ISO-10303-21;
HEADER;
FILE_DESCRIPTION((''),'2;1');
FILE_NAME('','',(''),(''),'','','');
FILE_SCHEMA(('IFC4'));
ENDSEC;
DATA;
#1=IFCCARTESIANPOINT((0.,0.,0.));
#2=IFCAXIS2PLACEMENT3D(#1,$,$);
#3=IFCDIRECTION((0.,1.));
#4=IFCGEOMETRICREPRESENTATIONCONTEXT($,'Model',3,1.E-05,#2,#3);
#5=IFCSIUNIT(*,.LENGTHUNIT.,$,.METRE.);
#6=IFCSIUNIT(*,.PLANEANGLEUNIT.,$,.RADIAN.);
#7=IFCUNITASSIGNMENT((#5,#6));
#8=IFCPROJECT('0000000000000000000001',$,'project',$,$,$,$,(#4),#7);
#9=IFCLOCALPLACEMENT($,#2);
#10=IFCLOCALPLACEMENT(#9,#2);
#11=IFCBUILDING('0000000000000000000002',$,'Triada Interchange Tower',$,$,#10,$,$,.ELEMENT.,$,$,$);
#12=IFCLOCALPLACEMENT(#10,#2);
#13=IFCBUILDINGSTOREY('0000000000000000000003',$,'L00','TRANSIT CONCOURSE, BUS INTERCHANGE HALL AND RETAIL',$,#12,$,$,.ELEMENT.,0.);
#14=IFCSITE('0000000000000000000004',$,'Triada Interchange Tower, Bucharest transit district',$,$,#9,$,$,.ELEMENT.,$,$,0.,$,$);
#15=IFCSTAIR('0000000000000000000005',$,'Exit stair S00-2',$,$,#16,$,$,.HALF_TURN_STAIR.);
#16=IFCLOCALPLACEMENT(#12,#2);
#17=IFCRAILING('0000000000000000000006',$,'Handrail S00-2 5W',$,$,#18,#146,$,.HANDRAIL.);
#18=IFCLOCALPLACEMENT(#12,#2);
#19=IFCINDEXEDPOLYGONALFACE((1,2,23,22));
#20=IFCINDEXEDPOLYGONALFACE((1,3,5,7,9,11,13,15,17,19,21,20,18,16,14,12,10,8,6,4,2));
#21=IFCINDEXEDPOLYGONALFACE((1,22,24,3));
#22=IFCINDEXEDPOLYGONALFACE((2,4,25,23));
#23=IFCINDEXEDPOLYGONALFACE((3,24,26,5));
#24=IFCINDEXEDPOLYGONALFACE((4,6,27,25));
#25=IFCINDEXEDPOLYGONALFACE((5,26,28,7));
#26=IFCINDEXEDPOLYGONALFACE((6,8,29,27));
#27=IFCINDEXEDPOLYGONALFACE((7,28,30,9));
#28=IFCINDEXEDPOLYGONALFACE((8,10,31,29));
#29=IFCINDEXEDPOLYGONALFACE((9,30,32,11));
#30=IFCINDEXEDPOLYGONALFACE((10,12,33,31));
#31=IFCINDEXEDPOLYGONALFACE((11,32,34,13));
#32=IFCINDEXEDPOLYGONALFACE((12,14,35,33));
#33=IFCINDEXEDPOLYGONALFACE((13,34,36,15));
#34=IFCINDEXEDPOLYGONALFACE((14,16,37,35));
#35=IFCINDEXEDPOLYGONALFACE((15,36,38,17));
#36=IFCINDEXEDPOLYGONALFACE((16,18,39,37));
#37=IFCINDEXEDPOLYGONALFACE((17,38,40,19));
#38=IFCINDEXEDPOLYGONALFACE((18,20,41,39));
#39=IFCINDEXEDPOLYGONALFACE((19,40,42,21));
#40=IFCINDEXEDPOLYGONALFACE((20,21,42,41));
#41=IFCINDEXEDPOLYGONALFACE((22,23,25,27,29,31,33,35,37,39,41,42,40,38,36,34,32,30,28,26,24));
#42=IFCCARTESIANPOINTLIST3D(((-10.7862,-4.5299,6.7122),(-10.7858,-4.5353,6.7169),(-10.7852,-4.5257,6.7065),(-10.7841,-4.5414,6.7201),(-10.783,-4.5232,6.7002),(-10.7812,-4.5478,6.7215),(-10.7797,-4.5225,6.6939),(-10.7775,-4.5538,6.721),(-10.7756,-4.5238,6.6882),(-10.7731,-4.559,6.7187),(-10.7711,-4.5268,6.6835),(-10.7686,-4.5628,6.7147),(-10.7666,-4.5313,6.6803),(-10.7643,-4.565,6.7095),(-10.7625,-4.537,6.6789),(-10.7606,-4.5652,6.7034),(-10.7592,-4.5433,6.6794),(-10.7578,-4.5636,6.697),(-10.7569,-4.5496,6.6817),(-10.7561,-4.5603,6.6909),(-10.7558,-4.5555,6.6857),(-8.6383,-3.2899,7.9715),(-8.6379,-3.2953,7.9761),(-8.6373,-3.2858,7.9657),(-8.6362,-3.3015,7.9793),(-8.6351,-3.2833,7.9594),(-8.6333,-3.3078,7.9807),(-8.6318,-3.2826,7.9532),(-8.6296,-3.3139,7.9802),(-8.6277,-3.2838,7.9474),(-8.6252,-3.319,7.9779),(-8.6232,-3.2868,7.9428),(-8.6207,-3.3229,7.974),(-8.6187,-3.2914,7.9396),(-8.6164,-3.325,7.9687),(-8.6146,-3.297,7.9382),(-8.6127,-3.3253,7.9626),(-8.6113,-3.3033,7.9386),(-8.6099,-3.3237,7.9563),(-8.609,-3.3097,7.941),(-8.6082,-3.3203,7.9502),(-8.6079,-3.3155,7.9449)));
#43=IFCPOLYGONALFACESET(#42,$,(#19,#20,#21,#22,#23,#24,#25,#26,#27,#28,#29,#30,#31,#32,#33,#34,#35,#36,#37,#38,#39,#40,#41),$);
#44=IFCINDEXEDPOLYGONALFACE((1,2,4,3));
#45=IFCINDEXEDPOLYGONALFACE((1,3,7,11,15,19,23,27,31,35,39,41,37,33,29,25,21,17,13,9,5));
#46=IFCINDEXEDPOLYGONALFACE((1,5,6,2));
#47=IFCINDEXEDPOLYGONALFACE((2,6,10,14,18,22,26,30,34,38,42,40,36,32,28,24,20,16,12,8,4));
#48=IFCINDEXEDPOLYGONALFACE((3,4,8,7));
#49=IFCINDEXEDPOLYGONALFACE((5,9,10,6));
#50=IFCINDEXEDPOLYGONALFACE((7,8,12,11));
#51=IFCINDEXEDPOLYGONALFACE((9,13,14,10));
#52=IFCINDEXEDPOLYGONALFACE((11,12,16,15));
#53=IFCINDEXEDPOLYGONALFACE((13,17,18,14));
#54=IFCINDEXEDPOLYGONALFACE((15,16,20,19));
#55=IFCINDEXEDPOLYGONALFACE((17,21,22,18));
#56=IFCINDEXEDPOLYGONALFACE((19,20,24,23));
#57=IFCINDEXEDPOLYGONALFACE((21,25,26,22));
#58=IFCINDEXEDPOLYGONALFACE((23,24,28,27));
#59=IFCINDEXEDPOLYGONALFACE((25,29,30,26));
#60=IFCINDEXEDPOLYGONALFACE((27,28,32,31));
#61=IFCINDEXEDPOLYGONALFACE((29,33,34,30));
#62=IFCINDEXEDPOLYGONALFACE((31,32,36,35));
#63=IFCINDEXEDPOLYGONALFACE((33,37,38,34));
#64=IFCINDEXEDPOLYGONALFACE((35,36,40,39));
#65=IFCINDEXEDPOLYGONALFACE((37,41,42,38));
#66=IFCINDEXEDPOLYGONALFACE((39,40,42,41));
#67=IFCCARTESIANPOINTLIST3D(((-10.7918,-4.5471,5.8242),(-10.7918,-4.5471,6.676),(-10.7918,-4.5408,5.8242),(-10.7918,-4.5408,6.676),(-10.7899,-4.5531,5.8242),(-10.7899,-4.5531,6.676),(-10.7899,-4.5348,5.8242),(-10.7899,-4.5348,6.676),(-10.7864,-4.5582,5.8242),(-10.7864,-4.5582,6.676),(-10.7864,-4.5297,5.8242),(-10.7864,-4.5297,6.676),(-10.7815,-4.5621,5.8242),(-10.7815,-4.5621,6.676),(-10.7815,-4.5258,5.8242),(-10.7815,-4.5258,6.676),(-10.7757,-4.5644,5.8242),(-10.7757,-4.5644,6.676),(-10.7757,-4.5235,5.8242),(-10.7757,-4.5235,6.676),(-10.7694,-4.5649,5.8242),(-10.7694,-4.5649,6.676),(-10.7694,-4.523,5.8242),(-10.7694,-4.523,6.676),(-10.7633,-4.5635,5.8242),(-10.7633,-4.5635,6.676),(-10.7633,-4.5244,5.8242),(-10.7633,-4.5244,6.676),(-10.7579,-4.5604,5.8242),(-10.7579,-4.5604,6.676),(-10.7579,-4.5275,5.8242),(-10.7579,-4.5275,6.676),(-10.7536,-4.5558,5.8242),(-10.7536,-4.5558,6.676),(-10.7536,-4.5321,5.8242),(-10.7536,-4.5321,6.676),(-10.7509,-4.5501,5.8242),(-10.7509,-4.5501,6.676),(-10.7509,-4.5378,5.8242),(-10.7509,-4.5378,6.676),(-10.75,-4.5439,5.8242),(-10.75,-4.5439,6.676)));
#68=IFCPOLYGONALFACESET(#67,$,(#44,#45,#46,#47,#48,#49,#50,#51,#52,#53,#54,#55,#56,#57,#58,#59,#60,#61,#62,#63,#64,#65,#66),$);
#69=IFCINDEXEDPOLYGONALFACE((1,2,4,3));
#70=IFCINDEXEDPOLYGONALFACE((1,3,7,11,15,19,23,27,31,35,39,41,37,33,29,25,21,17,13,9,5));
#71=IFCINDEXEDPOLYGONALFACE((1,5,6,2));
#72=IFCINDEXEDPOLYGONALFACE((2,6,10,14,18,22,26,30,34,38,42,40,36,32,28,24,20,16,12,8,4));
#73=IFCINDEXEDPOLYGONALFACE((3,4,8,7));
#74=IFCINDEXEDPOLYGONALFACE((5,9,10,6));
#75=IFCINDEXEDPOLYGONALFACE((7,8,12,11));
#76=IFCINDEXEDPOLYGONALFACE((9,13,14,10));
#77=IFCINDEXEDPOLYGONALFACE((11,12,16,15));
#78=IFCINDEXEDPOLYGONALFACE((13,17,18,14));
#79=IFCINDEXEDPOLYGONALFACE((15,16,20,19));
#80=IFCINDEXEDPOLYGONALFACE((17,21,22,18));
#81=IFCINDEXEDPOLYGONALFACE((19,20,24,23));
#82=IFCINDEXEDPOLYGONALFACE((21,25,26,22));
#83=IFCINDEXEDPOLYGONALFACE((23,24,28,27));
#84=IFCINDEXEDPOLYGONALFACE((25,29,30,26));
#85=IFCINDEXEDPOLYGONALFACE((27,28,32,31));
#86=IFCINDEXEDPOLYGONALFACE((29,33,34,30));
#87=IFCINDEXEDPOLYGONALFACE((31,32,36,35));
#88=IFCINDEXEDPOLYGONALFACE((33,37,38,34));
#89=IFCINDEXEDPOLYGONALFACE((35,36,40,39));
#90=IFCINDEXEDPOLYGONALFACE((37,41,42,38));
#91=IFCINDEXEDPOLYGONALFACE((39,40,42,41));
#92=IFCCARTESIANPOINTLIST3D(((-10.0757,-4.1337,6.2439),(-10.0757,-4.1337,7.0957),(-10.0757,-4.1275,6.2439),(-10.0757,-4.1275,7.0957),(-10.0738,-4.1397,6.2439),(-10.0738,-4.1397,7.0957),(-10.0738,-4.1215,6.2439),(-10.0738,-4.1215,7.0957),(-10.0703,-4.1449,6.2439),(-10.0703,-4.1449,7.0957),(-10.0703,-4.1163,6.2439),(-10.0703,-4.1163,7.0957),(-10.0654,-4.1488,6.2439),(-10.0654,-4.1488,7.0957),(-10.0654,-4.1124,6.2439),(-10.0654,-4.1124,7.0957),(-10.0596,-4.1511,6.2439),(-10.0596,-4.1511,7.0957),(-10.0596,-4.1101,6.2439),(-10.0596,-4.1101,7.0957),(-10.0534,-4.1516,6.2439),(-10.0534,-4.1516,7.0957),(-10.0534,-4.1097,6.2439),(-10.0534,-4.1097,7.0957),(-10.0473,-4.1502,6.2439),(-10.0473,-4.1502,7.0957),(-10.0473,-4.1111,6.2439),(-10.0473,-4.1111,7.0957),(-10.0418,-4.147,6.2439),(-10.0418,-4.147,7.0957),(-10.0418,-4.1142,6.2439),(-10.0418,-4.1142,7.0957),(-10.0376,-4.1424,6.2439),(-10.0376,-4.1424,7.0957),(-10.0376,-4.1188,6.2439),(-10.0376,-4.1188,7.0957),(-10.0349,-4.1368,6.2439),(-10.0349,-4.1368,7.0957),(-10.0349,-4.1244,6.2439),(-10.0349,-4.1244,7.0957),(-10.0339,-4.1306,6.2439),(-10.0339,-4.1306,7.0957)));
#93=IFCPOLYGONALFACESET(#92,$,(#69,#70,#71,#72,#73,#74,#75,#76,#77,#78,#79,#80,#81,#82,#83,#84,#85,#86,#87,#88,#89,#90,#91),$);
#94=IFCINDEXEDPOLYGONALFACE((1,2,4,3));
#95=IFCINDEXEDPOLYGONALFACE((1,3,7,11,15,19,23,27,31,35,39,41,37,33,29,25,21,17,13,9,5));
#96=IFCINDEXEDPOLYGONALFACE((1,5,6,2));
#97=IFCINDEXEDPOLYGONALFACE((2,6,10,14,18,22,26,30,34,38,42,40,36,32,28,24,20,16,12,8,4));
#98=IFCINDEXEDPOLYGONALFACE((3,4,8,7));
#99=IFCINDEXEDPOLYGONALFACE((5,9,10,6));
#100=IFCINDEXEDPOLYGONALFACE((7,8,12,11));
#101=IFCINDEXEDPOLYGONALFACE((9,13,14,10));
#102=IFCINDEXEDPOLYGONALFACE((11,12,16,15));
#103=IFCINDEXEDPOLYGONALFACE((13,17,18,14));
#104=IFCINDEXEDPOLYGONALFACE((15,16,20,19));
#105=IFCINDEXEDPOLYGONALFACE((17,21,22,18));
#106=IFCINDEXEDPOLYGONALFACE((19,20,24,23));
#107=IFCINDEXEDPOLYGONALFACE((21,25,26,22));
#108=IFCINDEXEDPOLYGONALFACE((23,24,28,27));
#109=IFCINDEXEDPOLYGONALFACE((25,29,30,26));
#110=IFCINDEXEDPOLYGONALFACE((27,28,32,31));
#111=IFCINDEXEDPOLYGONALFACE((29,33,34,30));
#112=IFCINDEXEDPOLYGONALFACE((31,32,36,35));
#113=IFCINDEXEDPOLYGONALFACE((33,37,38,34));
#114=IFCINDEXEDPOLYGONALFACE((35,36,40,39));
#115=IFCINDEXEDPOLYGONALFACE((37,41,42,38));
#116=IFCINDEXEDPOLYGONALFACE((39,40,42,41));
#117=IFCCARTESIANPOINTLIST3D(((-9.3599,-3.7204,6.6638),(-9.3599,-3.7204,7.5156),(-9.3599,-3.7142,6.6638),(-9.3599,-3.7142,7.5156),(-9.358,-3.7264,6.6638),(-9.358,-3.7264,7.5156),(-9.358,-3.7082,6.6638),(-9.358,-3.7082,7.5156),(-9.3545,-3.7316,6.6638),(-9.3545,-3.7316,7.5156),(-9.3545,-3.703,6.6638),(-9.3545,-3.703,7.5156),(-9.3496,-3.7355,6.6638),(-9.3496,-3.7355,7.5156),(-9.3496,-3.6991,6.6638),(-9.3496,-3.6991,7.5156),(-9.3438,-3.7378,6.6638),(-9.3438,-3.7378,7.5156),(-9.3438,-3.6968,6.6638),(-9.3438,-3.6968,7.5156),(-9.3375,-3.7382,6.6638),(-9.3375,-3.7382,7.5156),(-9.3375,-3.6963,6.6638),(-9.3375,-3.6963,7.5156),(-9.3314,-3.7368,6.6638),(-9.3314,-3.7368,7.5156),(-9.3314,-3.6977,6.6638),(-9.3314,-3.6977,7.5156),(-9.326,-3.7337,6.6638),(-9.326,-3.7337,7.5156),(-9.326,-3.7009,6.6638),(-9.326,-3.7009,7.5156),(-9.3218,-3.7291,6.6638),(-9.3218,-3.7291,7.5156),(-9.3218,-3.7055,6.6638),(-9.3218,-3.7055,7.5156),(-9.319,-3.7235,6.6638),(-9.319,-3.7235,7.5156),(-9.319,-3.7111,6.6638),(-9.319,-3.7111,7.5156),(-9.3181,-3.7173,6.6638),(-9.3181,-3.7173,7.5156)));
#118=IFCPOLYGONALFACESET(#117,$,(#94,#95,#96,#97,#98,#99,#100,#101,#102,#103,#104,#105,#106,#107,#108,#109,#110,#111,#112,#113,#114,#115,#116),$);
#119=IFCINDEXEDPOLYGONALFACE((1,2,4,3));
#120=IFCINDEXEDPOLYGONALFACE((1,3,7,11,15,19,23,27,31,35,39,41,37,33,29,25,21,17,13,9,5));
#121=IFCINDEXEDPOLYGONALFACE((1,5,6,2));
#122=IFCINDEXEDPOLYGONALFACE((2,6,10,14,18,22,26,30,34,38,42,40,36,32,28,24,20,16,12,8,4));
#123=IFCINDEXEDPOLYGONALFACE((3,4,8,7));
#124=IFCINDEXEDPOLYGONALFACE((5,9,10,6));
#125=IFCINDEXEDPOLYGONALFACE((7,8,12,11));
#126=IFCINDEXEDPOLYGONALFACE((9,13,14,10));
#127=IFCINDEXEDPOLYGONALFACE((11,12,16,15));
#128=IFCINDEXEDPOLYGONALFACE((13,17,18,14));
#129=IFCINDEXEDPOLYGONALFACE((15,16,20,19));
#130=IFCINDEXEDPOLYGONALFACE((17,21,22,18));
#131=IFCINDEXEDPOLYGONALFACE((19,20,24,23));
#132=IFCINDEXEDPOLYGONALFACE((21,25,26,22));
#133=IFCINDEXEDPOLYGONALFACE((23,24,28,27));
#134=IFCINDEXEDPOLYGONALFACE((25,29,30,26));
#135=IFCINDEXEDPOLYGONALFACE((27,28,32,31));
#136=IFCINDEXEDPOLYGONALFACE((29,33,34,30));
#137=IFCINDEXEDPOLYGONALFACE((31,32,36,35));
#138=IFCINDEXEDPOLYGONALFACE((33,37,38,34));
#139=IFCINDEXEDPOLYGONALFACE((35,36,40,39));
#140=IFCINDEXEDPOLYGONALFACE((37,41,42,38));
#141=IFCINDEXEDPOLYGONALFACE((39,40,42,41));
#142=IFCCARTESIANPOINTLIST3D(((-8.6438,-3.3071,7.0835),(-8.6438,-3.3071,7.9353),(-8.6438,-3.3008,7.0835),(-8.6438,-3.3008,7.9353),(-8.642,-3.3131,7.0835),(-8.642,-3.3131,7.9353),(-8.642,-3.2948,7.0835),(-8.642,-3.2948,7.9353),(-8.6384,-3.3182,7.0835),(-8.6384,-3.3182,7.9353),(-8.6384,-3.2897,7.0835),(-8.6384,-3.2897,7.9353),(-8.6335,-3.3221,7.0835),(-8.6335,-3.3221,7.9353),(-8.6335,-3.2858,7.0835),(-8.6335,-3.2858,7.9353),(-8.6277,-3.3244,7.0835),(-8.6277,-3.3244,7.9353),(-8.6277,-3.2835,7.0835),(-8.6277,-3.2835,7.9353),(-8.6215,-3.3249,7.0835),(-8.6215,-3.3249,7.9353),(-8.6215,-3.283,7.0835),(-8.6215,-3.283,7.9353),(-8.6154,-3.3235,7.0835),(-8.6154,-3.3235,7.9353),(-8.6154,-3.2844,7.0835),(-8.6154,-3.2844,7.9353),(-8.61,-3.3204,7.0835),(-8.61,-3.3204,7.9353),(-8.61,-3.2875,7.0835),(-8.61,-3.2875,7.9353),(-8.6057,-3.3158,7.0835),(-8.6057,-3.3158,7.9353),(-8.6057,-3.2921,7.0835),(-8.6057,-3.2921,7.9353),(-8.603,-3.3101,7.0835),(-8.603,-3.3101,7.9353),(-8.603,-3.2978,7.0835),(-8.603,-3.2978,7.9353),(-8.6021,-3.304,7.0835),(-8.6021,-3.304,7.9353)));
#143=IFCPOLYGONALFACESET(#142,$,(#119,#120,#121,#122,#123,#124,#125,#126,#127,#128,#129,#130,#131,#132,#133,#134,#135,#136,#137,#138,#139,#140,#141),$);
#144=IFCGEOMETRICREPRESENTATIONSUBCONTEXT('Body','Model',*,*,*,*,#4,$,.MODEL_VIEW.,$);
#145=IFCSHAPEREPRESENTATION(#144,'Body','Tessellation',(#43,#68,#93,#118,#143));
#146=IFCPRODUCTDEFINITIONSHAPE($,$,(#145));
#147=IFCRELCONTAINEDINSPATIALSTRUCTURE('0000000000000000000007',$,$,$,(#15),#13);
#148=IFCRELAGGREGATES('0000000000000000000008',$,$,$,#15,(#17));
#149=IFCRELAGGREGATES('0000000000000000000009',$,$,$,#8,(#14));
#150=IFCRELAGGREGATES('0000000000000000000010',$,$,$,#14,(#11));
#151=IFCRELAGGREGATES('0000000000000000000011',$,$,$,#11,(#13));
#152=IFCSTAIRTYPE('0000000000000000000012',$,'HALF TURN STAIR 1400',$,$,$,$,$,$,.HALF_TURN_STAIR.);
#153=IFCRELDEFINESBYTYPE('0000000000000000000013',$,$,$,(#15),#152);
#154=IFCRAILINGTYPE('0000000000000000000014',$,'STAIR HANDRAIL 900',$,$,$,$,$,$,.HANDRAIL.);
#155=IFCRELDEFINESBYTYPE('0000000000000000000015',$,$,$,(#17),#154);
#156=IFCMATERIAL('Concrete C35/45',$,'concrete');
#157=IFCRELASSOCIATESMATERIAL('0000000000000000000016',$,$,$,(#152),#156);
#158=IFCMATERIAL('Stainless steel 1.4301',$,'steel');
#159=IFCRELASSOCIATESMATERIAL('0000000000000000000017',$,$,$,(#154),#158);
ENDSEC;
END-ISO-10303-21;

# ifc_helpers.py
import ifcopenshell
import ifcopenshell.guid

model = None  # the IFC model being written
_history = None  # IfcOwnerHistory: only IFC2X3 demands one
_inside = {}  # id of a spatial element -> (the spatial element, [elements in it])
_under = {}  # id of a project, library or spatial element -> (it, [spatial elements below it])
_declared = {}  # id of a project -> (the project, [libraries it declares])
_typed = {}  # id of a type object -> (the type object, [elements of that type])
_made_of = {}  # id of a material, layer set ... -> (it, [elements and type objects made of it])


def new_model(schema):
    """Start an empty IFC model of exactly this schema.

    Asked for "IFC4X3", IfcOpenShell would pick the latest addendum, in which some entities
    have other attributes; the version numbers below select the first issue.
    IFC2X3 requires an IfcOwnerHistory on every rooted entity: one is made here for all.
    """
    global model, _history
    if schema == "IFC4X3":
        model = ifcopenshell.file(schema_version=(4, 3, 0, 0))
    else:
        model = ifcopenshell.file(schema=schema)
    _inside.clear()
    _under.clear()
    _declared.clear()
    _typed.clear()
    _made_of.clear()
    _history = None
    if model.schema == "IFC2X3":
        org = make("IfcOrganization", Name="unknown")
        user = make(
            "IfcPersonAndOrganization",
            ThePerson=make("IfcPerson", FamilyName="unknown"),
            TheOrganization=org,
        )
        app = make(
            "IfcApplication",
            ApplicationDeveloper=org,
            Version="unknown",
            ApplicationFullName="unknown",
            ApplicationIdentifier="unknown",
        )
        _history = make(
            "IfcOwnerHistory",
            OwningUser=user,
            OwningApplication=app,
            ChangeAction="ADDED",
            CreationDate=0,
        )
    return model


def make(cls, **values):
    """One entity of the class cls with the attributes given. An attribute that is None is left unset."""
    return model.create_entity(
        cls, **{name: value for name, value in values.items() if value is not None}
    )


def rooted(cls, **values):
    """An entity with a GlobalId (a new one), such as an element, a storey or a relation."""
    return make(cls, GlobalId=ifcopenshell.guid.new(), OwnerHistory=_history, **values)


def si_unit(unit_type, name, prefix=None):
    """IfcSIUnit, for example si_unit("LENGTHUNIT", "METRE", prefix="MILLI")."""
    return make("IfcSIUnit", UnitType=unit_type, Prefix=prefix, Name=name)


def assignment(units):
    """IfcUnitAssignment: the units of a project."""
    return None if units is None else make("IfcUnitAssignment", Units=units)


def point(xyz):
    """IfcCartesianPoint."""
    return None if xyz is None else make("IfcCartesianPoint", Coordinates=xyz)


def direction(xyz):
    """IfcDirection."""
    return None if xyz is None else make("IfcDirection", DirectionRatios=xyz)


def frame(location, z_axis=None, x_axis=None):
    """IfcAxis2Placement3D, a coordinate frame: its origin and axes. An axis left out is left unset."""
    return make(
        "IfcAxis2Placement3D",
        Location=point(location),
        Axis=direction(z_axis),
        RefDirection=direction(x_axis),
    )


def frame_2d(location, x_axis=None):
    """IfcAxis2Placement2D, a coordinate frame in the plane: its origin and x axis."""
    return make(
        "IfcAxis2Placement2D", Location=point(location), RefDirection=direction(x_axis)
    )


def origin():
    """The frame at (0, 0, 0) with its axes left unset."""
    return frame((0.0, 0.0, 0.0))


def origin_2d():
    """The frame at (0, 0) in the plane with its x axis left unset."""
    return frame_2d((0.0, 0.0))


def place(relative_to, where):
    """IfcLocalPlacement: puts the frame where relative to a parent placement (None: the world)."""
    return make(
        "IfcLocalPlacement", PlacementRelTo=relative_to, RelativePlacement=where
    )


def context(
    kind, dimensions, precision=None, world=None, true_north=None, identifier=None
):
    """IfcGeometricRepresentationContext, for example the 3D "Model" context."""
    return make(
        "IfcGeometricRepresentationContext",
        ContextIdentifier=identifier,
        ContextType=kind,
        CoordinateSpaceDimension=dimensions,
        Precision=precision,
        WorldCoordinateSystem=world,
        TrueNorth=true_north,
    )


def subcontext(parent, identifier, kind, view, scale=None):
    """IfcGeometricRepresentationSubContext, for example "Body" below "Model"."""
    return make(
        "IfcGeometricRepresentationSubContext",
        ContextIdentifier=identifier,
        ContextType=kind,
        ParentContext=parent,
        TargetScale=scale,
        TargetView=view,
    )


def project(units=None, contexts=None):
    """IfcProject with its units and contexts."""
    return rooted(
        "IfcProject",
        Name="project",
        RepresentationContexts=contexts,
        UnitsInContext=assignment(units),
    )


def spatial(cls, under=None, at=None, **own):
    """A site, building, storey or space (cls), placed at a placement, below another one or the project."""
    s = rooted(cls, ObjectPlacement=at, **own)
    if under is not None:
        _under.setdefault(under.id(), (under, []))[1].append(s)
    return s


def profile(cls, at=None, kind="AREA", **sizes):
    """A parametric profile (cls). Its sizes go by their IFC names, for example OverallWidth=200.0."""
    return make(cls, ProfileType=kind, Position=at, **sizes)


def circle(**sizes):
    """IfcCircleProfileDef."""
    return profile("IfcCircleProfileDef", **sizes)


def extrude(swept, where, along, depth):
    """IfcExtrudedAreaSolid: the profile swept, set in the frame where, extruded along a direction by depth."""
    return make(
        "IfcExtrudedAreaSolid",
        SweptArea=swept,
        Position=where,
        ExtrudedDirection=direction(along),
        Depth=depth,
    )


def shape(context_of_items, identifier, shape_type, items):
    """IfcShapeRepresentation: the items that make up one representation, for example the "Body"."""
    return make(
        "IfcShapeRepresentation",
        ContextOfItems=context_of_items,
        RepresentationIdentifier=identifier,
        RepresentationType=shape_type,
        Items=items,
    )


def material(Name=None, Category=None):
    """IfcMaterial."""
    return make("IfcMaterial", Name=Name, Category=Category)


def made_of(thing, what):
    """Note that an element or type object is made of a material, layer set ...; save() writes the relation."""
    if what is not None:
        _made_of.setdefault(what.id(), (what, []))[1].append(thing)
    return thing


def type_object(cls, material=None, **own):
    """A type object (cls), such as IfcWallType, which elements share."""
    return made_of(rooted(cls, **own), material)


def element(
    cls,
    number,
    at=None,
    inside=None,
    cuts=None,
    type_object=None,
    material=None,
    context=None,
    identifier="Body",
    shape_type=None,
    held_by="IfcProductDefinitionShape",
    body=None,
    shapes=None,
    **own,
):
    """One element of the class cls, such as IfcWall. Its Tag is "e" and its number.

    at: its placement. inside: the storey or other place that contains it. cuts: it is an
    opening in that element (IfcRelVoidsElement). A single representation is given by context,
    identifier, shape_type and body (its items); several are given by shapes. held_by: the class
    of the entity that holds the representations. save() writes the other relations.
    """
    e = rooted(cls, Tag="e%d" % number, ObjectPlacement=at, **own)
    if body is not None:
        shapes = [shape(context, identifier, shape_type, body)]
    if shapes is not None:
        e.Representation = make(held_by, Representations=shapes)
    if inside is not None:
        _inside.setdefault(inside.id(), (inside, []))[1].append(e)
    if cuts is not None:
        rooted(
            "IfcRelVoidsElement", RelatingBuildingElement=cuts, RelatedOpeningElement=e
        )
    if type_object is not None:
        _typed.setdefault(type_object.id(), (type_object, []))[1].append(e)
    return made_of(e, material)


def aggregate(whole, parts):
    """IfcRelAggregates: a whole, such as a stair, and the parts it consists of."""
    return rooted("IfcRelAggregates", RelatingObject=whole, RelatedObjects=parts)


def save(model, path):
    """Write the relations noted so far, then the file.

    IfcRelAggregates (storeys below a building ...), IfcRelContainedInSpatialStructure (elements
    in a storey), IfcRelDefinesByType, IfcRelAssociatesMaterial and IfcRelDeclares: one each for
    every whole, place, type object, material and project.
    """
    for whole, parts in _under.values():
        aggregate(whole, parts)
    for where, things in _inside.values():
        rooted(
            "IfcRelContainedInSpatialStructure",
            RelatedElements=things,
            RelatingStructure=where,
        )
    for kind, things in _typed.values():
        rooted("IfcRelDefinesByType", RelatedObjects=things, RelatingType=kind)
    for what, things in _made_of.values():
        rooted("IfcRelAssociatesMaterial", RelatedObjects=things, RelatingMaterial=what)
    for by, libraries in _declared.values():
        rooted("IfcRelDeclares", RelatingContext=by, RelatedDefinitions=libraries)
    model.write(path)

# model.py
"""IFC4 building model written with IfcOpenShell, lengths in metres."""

from ifc_helpers import new_model, si_unit, direction, frame, origin, origin_2d, place, context, subcontext, project, spatial, circle, extrude, material, type_object, element, aggregate, save


model = new_model("IFC4")

# Units and contexts
model_context = context("Model", 3, precision=1e-05, world=origin(), true_north=direction((0.0, 1.0)))
body_context = subcontext(model_context, "Body", "Model", "MODEL_VIEW")
ifc_project = project(units=[si_unit("LENGTHUNIT", "METRE"), si_unit("PLANEANGLEUNIT", "RADIAN")], contexts=[model_context])

# Site, building, storey
site_placement = place(None, origin())
site = spatial("IfcSite", under=ifc_project, at=site_placement, Name="Triada Interchange Tower, Bucharest transit district", CompositionType="ELEMENT", RefElevation=0.0)
building_placement = place(site_placement, origin())
building = spatial("IfcBuilding", under=site, at=building_placement, Name="Triada Interchange Tower", CompositionType="ELEMENT")
storey_placement = place(building_placement, origin())
storey = spatial("IfcBuildingStorey", under=building, at=storey_placement, Name="L00", Description="TRANSIT CONCOURSE, BUS INTERCHANGE HALL AND RETAIL", CompositionType="ELEMENT", Elevation=0.0)

# Shared definitions
ifc_material_1 = material(Name="Concrete C35/45", Category="concrete")

# Stair, railing
stair_type = type_object("IfcStairType", Name="HALF TURN STAIR 1400", PredefinedType="HALF_TURN_STAIR", material=ifc_material_1)
stair_placement = place(storey_placement, origin())
stair = element("IfcStair", 1, at=stair_placement, inside=storey, type_object=stair_type, Name="Exit stair S00-2", PredefinedType="HALF_TURN_STAIR")
ifc_material_2 = material(Name="Stainless steel 1.4301", Category="steel")
railing_type_1 = type_object("IfcRailingType", Name="STAIR HANDRAIL 900", PredefinedType="HANDRAIL", material=ifc_material_2)
railing_1_placement = place(storey_placement, frame((-10.771, -4.5439, 5.8242)))
railing_1 = element("IfcRailing", 2, at=railing_1_placement, type_object=railing_type_1, Name="Handrail S00-2 5W", PredefinedType="HANDRAIL", context=body_context, shape_type="SweptSolid", body=[
    extrude(circle(Radius=0.0239, at=origin_2d()), frame((0.0, 0.0, 0.876), z_axis=(0.772212, 0.445791, 0.452724), x_axis=(-0.499961, 0.866048, 0.0)), (0.0, 0.0, 1.0), 2.7815),
    extrude(circle(Radius=0.021, at=origin_2d()), origin(), (0.0, 0.0, 1.0), 0.8518),
    extrude(circle(Radius=0.021, at=origin_2d()), frame((0.7161, 0.4133, 0.4197)), (0.0, 0.0, 1.0), 0.8518),
    extrude(circle(Radius=0.021, at=origin_2d()), frame((1.4319, 0.8267, 0.8396)), (0.0, 0.0, 1.0), 0.8518),
    extrude(circle(Radius=0.021, at=origin_2d()), frame((2.1479, 1.24, 1.2593)), (0.0, 0.0, 1.0), 0.8518),
])
aggregate(stair, [railing_1])

save(model, "model.ifc")
